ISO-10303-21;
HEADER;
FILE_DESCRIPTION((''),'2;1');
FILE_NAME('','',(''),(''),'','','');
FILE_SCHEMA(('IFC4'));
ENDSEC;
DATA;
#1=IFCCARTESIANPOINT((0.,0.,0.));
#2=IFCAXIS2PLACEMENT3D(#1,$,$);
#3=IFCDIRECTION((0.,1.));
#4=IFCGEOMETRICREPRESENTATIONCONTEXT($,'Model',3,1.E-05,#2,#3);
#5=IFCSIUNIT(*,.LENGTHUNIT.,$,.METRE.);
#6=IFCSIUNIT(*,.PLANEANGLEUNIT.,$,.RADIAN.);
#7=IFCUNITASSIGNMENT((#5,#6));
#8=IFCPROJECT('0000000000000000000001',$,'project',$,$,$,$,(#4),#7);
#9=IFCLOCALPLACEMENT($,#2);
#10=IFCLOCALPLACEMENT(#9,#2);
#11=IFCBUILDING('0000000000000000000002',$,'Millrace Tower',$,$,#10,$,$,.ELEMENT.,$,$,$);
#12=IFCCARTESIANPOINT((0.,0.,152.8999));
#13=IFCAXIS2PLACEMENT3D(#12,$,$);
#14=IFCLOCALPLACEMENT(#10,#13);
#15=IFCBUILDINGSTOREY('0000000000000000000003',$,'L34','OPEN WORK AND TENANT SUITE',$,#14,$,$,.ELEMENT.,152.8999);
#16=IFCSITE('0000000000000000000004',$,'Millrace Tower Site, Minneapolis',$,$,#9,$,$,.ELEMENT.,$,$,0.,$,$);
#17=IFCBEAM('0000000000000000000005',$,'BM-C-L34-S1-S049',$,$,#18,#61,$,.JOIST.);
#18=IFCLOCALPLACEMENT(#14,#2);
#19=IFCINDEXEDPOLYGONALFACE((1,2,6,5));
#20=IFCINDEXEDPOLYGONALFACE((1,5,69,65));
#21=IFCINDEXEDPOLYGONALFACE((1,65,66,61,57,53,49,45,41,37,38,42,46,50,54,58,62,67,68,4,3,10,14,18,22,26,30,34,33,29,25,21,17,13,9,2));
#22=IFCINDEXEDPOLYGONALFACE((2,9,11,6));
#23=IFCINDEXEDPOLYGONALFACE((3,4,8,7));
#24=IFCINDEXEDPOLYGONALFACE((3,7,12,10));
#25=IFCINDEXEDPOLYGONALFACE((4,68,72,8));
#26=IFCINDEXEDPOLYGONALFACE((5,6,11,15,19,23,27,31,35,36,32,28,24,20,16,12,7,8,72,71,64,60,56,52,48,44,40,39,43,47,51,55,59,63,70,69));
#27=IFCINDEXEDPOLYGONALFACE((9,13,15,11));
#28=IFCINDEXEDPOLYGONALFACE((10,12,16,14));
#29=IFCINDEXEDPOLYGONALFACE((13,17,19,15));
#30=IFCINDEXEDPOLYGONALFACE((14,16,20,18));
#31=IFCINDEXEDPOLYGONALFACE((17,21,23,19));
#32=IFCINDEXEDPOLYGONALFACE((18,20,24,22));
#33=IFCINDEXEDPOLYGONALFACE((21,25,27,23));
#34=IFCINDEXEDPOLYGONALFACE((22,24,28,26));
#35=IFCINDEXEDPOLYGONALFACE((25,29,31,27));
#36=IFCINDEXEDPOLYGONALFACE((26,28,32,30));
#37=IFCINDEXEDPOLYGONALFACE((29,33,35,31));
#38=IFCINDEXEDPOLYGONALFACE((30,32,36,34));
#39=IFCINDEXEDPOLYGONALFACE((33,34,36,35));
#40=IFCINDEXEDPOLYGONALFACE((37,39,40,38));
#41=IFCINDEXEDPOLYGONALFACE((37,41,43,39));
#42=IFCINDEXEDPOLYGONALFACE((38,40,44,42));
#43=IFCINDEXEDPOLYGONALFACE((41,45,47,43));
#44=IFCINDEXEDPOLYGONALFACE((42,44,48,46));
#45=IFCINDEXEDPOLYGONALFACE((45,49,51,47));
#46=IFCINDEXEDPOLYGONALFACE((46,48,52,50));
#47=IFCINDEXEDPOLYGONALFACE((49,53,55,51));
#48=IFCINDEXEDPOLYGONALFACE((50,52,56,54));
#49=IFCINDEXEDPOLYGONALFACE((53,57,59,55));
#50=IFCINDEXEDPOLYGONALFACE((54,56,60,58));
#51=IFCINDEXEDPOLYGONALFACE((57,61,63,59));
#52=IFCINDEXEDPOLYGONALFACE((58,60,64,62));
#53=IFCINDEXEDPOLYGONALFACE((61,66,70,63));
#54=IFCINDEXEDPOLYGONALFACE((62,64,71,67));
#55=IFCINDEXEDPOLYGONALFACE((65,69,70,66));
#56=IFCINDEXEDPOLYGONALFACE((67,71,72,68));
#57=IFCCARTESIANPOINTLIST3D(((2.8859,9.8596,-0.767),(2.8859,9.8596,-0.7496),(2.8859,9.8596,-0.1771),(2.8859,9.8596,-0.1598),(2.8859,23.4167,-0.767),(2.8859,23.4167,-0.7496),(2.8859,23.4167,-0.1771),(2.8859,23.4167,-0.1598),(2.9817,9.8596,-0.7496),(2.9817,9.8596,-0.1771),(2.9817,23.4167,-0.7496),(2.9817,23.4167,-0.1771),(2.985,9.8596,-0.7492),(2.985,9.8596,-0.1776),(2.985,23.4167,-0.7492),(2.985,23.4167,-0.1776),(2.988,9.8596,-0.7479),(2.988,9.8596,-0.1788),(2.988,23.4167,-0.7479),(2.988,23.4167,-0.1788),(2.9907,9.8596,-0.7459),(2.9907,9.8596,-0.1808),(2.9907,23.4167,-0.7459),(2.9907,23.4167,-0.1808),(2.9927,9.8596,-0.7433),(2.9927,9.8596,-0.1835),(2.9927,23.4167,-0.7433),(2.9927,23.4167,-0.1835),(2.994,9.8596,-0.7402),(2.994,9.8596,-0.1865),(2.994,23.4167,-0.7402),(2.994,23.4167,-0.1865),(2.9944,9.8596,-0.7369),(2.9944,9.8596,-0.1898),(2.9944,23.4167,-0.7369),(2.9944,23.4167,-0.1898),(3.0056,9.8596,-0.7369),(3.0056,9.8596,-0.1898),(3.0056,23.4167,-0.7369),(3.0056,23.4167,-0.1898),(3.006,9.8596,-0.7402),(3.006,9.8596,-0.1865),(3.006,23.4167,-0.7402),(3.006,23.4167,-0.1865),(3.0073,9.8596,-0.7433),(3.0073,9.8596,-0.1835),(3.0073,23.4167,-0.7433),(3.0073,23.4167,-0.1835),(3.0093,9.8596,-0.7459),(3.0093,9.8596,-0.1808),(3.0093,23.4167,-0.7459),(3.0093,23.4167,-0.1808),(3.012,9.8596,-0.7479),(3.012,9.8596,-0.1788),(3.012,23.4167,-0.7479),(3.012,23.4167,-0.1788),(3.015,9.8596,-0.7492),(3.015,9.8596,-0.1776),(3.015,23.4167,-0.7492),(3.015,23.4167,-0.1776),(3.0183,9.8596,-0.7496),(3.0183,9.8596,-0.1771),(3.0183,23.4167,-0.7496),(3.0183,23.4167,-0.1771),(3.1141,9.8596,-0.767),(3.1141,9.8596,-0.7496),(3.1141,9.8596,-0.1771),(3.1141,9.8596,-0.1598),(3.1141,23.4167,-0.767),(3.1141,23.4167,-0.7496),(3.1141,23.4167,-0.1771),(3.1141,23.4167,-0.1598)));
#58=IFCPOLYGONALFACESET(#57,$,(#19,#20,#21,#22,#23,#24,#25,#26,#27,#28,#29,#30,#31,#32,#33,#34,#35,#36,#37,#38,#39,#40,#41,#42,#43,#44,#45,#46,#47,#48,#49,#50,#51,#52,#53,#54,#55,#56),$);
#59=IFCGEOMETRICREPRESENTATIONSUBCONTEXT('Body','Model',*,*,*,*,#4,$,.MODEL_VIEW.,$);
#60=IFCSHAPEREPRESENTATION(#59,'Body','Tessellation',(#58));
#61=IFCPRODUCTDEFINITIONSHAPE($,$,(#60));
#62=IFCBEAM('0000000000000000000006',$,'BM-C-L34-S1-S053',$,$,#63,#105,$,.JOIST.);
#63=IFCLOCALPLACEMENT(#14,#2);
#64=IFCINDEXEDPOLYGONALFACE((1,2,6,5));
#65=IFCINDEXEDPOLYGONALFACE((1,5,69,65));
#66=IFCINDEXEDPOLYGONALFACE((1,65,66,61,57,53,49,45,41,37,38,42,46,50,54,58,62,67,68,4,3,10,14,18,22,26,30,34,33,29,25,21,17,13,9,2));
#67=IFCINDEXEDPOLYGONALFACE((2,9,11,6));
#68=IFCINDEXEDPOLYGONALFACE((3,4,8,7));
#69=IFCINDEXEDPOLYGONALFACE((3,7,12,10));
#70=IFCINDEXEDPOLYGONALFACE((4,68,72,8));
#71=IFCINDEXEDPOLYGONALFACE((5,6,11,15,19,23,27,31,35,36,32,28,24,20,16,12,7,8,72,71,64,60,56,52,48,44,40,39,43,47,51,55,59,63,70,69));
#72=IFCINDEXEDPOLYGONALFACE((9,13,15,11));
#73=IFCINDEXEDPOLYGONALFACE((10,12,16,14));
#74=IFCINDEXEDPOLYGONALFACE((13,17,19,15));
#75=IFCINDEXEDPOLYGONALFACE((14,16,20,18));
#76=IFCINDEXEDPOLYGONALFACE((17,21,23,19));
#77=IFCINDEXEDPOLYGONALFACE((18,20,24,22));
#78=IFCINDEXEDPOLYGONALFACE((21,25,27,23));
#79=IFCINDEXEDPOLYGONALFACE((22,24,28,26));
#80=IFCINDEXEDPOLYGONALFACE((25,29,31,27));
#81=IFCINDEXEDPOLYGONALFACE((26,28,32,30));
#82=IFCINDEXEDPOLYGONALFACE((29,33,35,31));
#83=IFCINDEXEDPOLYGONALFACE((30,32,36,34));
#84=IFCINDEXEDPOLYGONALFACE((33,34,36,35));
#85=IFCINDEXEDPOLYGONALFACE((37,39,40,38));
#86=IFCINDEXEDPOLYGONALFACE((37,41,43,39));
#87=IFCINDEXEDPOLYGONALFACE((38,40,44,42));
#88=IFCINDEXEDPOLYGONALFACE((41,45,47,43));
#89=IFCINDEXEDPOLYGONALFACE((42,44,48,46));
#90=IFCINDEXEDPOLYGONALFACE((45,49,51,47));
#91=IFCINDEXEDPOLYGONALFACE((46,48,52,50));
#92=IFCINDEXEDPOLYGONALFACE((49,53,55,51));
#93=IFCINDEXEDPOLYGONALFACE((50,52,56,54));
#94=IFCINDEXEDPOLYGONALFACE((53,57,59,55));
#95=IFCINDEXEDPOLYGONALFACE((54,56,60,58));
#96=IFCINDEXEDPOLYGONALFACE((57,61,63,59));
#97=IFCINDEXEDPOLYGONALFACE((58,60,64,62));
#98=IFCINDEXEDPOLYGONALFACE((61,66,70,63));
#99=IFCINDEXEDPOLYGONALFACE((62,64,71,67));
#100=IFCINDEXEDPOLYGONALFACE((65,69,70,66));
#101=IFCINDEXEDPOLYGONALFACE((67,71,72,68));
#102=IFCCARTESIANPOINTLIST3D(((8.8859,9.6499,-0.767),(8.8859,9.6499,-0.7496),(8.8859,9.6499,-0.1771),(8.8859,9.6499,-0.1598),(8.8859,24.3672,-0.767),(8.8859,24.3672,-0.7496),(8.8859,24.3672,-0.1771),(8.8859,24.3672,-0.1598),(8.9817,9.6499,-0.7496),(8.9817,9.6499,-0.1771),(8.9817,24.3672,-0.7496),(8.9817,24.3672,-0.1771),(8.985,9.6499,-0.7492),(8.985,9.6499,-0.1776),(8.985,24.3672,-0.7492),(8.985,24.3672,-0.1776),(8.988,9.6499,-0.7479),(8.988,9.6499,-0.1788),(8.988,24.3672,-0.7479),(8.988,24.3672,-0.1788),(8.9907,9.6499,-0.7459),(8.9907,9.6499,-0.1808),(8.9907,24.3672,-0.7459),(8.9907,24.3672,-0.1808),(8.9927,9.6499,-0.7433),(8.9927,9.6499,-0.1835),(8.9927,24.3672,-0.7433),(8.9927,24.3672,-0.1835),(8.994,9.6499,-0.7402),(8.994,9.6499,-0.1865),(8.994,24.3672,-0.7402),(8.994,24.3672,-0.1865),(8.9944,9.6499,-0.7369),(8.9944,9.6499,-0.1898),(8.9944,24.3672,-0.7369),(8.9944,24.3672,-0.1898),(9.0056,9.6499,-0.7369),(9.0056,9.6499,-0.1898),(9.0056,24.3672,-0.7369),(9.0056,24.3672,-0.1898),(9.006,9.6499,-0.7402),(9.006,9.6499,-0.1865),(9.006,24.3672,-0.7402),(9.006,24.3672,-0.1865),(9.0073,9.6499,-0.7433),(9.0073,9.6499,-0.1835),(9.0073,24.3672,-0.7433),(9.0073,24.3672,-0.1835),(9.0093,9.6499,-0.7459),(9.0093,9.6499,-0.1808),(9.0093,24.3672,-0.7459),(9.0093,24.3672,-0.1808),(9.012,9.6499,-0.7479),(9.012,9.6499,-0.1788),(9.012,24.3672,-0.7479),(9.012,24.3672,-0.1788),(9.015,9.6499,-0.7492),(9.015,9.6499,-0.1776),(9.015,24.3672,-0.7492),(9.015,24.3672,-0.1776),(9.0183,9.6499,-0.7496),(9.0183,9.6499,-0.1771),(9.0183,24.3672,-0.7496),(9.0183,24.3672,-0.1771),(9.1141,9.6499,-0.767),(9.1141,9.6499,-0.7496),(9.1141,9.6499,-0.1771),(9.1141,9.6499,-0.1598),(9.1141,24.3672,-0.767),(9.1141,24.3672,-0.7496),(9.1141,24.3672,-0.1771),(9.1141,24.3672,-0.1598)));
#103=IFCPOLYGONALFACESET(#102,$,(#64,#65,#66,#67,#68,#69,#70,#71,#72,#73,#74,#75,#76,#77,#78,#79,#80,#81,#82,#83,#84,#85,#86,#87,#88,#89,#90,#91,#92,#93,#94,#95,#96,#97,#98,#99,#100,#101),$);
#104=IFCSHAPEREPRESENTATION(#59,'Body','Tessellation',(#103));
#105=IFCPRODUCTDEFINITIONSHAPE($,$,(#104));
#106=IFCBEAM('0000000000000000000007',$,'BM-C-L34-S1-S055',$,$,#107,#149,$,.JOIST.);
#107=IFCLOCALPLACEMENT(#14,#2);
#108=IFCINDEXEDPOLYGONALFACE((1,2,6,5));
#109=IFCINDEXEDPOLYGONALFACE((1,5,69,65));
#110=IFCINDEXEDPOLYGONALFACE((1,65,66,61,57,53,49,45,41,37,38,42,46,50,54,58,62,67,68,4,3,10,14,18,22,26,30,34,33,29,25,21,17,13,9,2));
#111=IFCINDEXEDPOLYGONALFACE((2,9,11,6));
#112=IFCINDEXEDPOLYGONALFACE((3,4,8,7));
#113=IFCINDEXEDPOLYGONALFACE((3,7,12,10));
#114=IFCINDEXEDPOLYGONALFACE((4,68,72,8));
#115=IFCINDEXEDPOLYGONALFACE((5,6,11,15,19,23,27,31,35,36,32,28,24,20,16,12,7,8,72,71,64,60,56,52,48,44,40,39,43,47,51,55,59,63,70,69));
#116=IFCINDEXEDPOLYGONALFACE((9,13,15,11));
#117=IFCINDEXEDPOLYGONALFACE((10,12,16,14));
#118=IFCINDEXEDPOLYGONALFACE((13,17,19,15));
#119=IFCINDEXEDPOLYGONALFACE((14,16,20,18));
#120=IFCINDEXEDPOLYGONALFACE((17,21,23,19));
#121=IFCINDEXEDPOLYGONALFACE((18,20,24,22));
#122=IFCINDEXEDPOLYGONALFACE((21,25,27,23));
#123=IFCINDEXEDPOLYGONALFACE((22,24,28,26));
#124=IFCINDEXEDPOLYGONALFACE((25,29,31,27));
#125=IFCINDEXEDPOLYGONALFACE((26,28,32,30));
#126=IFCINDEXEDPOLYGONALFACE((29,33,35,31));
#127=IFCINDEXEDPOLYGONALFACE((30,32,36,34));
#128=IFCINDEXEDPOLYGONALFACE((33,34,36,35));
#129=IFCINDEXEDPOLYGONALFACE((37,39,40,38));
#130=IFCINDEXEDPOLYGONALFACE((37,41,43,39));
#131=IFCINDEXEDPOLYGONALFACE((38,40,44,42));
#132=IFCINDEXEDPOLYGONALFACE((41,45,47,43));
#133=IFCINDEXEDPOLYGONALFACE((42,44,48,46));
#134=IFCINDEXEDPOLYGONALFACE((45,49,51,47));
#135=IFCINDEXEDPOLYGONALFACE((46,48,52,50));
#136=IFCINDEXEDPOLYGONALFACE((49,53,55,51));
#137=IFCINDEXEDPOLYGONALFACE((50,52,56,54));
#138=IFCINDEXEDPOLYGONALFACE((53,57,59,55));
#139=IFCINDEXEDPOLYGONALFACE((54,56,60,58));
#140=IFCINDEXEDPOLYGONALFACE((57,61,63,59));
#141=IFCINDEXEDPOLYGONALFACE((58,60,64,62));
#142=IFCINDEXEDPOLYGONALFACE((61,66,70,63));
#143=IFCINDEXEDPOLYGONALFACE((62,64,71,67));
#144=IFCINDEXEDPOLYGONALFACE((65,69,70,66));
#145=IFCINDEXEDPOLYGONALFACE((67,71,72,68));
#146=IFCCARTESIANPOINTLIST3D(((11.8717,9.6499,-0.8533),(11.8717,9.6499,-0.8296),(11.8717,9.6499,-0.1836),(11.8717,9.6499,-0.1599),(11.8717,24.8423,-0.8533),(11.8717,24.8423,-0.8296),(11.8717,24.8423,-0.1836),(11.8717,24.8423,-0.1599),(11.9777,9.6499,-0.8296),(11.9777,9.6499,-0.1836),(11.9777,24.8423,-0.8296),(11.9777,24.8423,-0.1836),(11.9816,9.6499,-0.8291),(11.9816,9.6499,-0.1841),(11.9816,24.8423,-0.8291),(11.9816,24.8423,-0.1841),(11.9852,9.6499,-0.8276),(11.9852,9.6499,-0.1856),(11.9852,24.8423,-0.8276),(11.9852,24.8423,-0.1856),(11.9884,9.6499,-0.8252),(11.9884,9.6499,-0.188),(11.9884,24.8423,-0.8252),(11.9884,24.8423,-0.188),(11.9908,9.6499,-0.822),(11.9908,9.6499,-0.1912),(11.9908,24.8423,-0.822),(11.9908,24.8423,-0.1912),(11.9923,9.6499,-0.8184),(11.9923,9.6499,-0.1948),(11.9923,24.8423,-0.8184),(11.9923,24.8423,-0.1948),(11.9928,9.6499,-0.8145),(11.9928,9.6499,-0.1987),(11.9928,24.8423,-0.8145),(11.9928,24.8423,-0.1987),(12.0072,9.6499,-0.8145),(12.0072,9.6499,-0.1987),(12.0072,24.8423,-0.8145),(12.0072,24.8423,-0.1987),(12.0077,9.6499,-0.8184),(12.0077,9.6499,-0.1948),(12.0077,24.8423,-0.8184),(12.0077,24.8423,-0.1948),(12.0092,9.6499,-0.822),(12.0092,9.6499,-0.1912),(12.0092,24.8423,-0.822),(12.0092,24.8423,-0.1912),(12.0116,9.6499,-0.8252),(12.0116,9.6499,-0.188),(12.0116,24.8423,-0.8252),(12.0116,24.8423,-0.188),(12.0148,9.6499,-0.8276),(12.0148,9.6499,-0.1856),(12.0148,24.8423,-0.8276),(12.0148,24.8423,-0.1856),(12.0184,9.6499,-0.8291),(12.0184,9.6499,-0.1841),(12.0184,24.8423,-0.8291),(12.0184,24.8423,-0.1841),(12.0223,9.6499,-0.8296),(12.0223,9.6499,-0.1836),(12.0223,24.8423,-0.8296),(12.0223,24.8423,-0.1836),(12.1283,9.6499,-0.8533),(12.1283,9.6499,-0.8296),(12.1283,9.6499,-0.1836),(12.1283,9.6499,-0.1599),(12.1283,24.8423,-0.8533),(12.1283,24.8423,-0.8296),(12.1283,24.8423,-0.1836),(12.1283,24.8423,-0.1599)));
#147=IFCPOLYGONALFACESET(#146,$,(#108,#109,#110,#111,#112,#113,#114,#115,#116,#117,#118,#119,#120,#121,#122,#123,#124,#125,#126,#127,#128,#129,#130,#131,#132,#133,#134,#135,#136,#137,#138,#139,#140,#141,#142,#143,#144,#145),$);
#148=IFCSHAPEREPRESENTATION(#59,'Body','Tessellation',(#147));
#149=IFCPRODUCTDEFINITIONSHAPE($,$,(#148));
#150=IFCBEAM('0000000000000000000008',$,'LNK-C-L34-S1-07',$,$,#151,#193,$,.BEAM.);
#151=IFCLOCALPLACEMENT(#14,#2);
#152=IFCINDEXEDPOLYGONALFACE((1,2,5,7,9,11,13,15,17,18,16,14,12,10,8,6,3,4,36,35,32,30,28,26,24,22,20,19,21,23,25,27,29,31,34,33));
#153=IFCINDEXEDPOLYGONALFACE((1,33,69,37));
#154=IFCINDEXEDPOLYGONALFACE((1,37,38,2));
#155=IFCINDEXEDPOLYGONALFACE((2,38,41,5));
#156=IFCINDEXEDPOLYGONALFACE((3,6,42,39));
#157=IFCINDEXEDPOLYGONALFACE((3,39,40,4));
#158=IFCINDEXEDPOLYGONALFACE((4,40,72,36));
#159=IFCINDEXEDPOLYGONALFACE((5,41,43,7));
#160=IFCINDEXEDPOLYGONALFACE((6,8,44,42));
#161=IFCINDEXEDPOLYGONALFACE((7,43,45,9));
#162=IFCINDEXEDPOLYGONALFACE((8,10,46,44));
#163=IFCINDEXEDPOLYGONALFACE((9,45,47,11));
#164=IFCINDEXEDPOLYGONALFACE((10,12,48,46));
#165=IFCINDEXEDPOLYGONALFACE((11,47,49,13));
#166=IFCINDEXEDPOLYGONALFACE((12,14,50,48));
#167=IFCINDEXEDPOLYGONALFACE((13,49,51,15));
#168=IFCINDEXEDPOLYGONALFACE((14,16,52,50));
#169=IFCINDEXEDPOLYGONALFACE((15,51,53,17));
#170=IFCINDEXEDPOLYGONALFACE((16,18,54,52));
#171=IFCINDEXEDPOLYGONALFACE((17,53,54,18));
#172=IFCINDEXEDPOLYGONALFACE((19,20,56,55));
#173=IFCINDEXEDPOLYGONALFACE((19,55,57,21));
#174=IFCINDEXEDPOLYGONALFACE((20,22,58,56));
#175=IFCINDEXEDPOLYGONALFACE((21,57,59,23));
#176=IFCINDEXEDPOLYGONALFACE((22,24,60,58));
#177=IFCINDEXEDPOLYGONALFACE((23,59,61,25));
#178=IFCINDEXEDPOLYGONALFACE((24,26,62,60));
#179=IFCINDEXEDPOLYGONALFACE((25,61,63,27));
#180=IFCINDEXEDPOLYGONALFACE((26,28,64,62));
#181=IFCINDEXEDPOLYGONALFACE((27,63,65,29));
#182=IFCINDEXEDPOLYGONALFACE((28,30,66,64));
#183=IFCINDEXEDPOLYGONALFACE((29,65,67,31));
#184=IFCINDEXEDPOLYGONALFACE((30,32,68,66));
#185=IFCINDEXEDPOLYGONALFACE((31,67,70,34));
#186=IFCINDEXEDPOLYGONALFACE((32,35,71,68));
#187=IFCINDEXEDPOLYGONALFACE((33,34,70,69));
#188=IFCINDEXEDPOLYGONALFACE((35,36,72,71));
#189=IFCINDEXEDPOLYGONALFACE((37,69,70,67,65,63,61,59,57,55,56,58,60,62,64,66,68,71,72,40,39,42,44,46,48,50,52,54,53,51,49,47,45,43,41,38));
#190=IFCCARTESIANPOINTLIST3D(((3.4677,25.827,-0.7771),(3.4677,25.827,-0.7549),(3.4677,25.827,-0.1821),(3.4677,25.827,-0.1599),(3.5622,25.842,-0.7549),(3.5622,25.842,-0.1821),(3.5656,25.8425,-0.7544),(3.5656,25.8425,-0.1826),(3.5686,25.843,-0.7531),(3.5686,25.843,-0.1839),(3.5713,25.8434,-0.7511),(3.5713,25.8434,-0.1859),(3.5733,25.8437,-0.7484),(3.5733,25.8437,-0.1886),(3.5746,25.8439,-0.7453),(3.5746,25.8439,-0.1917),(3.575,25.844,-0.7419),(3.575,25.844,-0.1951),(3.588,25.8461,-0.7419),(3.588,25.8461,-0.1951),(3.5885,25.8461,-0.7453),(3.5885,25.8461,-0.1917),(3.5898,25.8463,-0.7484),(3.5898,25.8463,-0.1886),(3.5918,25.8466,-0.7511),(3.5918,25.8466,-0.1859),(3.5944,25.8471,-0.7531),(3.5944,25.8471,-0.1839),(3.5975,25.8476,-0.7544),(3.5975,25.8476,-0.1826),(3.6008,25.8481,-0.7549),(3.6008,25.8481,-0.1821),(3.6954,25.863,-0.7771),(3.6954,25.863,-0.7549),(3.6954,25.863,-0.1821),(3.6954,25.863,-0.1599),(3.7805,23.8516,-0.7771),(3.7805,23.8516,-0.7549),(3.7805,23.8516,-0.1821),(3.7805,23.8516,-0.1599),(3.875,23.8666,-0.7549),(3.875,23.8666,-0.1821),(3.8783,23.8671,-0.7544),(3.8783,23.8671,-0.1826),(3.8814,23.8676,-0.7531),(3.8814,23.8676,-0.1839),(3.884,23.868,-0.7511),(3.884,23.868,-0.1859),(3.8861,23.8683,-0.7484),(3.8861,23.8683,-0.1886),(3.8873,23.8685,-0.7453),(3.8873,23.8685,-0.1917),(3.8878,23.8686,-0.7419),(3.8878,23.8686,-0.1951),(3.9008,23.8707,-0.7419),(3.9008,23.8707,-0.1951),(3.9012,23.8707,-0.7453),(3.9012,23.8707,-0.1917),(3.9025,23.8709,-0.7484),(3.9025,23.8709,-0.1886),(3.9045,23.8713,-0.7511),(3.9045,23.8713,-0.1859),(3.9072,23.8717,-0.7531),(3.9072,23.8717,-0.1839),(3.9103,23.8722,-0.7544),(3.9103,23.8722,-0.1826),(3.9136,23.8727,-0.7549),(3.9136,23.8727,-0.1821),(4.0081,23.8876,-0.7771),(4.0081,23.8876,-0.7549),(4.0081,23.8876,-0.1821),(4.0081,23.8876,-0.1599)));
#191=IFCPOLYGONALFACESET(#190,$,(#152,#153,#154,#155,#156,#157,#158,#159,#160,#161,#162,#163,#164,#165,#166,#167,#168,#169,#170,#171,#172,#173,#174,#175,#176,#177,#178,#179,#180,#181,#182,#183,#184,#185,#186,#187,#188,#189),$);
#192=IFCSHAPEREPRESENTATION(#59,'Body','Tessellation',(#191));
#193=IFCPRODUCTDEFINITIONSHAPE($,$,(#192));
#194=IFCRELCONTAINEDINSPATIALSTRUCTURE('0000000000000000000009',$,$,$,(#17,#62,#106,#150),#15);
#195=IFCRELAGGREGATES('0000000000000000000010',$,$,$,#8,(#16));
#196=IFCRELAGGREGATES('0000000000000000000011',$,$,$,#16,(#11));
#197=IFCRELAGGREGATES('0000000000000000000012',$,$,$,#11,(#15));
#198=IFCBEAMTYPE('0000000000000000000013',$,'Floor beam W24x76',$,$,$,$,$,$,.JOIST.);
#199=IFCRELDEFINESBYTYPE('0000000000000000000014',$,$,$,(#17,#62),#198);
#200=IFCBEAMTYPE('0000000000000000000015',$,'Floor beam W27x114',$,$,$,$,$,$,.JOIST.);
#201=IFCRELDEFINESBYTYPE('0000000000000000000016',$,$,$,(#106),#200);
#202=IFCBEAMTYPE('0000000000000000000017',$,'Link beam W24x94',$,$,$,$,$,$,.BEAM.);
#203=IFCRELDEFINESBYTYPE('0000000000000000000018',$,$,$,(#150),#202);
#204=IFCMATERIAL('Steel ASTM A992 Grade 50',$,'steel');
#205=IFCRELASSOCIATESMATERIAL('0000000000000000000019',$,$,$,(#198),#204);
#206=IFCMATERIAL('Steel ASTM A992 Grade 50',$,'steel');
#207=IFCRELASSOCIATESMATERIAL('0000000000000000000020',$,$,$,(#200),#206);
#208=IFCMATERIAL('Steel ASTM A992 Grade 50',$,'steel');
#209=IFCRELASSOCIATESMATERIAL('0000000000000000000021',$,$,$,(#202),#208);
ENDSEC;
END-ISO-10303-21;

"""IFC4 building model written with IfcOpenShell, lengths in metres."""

from ifc_helpers import new_model, si_unit, direction, frame, origin, origin_2d, place, context, subcontext, project, spatial, i_section, extrude, material, material_profile, profile_set, type_object, element, save


model = new_model("IFC4")

# Units and contexts
model_context = context("Model", 3, precision=1e-05, world=origin(), true_north=direction((0.0, 1.0)))
body_context = subcontext(model_context, "Body", "Model", "MODEL_VIEW")
ifc_project = project(units=[si_unit("LENGTHUNIT", "METRE"), si_unit("PLANEANGLEUNIT", "RADIAN")], contexts=[model_context])

# Site, building, storey
site_placement = place(None, origin())
site = spatial("IfcSite", under=ifc_project, at=site_placement, Name="Millrace Tower Site, Minneapolis", CompositionType="ELEMENT", RefElevation=0.0)
building_placement = place(site_placement, origin())
building = spatial("IfcBuilding", under=site, at=building_placement, Name="Millrace Tower", CompositionType="ELEMENT")
storey_placement = place(building_placement, frame((0.0, 0.0, 152.8999)))
storey = spatial("IfcBuildingStorey", under=building, at=storey_placement, Name="L34", Description="OPEN WORK AND TENANT SUITE", CompositionType="ELEMENT", Elevation=152.8999)

# Beams
ifc_material_1 = material(Name="Steel ASTM A992 Grade 50", Category="steel")
ifc_material_profile_1 = material_profile(ifc_material_1, i_section(OverallWidth=0.2283, OverallDepth=0.6072, WebThickness=0.0112, FlangeThickness=0.0173, FilletRadius=0.0127, at=origin_2d()))
ifc_profile_set_1 = profile_set([ifc_material_profile_1], Name="Steel ASTM A992 Grade 50")
beam_type_1 = type_object("IfcBeamType", Name="Floor beam W24x76", PredefinedType="JOIST", material=ifc_profile_set_1)
beam_1_placement = place(storey_placement, frame((3.0, 9.8596, -0.4634), z_axis=(0.0, 1.0, 0.0), x_axis=(-1.0, 0.0, 0.0)))
element("IfcBeam", 1, at=beam_1_placement, inside=storey, type_object=beam_type_1, Name="BM-C-L34-S1-S049", PredefinedType="JOIST", context=body_context, shape_type="SweptSolid", body=[
    extrude(i_section(OverallWidth=0.2283, OverallDepth=0.6072, WebThickness=0.0112, FlangeThickness=0.0173, FilletRadius=0.0127, at=origin_2d()), origin(), (0.0, 0.0, 1.0), 13.5571),
])
beam_2_placement = place(storey_placement, frame((9.0, 9.6499, -0.4634), z_axis=(0.0, 1.0, 0.0), x_axis=(-1.0, 0.0, 0.0)))
element("IfcBeam", 2, at=beam_2_placement, inside=storey, type_object=beam_type_1, Name="BM-C-L34-S1-S053", PredefinedType="JOIST", context=body_context, shape_type="SweptSolid", body=[
    extrude(i_section(OverallWidth=0.2283, OverallDepth=0.6072, WebThickness=0.0112, FlangeThickness=0.0173, FilletRadius=0.0127, at=origin_2d()), origin(), (0.0, 0.0, 1.0), 14.7173),
])
ifc_material_2 = material(Name="Steel ASTM A992 Grade 50", Category="steel")
ifc_material_profile_2 = material_profile(ifc_material_2, i_section(OverallWidth=0.2566, OverallDepth=0.6934, WebThickness=0.0144, FlangeThickness=0.0237, FilletRadius=0.0151, at=origin_2d()))
ifc_profile_set_2 = profile_set([ifc_material_profile_2], Name="Steel ASTM A992 Grade 50")
beam_type_2 = type_object("IfcBeamType", Name="Floor beam W27x114", PredefinedType="JOIST", material=ifc_profile_set_2)
beam_3_placement = place(storey_placement, frame((12.0, 9.6499, -0.5066), z_axis=(0.0, 1.0, 0.0), x_axis=(-1.0, 0.0, 0.0)))
element("IfcBeam", 3, at=beam_3_placement, inside=storey, type_object=beam_type_2, Name="BM-C-L34-S1-S055", PredefinedType="JOIST", context=body_context, shape_type="SweptSolid", body=[
    extrude(i_section(OverallWidth=0.2566, OverallDepth=0.6934, WebThickness=0.0144, FlangeThickness=0.0237, FilletRadius=0.0151, at=origin_2d()), origin(), (0.0, 0.0, 1.0), 15.1924),
])
ifc_material_3 = material(Name="Steel ASTM A992 Grade 50", Category="steel")
ifc_material_profile_3 = material_profile(ifc_material_3, i_section(OverallWidth=0.2305, OverallDepth=0.6172, WebThickness=0.0132, FlangeThickness=0.0222, FilletRadius=0.0129, at=origin_2d()))
ifc_profile_set_3 = profile_set([ifc_material_profile_3], Name="Steel ASTM A992 Grade 50")
beam_type_3 = type_object("IfcBeamType", Name="Link beam W24x94", PredefinedType="BEAM", material=ifc_profile_set_3)
beam_4_placement = place(storey_placement, frame((3.8943, 23.8696, -0.4685), z_axis=(-0.156376, 0.987698, 0.0), x_axis=(-0.987698, -0.156376, 0.0)))
element("IfcBeam", 4, at=beam_4_placement, inside=storey, type_object=beam_type_3, Name="LNK-C-L34-S1-07", PredefinedType="BEAM", context=body_context, shape_type="SweptSolid", body=[
    extrude(i_section(OverallWidth=0.2305, OverallDepth=0.6172, WebThickness=0.0132, FlangeThickness=0.0222, FilletRadius=0.0129, at=origin_2d()), origin(), (0.0, 0.0, 1.0), 2.0),
])

save(model, "model.ifc")
